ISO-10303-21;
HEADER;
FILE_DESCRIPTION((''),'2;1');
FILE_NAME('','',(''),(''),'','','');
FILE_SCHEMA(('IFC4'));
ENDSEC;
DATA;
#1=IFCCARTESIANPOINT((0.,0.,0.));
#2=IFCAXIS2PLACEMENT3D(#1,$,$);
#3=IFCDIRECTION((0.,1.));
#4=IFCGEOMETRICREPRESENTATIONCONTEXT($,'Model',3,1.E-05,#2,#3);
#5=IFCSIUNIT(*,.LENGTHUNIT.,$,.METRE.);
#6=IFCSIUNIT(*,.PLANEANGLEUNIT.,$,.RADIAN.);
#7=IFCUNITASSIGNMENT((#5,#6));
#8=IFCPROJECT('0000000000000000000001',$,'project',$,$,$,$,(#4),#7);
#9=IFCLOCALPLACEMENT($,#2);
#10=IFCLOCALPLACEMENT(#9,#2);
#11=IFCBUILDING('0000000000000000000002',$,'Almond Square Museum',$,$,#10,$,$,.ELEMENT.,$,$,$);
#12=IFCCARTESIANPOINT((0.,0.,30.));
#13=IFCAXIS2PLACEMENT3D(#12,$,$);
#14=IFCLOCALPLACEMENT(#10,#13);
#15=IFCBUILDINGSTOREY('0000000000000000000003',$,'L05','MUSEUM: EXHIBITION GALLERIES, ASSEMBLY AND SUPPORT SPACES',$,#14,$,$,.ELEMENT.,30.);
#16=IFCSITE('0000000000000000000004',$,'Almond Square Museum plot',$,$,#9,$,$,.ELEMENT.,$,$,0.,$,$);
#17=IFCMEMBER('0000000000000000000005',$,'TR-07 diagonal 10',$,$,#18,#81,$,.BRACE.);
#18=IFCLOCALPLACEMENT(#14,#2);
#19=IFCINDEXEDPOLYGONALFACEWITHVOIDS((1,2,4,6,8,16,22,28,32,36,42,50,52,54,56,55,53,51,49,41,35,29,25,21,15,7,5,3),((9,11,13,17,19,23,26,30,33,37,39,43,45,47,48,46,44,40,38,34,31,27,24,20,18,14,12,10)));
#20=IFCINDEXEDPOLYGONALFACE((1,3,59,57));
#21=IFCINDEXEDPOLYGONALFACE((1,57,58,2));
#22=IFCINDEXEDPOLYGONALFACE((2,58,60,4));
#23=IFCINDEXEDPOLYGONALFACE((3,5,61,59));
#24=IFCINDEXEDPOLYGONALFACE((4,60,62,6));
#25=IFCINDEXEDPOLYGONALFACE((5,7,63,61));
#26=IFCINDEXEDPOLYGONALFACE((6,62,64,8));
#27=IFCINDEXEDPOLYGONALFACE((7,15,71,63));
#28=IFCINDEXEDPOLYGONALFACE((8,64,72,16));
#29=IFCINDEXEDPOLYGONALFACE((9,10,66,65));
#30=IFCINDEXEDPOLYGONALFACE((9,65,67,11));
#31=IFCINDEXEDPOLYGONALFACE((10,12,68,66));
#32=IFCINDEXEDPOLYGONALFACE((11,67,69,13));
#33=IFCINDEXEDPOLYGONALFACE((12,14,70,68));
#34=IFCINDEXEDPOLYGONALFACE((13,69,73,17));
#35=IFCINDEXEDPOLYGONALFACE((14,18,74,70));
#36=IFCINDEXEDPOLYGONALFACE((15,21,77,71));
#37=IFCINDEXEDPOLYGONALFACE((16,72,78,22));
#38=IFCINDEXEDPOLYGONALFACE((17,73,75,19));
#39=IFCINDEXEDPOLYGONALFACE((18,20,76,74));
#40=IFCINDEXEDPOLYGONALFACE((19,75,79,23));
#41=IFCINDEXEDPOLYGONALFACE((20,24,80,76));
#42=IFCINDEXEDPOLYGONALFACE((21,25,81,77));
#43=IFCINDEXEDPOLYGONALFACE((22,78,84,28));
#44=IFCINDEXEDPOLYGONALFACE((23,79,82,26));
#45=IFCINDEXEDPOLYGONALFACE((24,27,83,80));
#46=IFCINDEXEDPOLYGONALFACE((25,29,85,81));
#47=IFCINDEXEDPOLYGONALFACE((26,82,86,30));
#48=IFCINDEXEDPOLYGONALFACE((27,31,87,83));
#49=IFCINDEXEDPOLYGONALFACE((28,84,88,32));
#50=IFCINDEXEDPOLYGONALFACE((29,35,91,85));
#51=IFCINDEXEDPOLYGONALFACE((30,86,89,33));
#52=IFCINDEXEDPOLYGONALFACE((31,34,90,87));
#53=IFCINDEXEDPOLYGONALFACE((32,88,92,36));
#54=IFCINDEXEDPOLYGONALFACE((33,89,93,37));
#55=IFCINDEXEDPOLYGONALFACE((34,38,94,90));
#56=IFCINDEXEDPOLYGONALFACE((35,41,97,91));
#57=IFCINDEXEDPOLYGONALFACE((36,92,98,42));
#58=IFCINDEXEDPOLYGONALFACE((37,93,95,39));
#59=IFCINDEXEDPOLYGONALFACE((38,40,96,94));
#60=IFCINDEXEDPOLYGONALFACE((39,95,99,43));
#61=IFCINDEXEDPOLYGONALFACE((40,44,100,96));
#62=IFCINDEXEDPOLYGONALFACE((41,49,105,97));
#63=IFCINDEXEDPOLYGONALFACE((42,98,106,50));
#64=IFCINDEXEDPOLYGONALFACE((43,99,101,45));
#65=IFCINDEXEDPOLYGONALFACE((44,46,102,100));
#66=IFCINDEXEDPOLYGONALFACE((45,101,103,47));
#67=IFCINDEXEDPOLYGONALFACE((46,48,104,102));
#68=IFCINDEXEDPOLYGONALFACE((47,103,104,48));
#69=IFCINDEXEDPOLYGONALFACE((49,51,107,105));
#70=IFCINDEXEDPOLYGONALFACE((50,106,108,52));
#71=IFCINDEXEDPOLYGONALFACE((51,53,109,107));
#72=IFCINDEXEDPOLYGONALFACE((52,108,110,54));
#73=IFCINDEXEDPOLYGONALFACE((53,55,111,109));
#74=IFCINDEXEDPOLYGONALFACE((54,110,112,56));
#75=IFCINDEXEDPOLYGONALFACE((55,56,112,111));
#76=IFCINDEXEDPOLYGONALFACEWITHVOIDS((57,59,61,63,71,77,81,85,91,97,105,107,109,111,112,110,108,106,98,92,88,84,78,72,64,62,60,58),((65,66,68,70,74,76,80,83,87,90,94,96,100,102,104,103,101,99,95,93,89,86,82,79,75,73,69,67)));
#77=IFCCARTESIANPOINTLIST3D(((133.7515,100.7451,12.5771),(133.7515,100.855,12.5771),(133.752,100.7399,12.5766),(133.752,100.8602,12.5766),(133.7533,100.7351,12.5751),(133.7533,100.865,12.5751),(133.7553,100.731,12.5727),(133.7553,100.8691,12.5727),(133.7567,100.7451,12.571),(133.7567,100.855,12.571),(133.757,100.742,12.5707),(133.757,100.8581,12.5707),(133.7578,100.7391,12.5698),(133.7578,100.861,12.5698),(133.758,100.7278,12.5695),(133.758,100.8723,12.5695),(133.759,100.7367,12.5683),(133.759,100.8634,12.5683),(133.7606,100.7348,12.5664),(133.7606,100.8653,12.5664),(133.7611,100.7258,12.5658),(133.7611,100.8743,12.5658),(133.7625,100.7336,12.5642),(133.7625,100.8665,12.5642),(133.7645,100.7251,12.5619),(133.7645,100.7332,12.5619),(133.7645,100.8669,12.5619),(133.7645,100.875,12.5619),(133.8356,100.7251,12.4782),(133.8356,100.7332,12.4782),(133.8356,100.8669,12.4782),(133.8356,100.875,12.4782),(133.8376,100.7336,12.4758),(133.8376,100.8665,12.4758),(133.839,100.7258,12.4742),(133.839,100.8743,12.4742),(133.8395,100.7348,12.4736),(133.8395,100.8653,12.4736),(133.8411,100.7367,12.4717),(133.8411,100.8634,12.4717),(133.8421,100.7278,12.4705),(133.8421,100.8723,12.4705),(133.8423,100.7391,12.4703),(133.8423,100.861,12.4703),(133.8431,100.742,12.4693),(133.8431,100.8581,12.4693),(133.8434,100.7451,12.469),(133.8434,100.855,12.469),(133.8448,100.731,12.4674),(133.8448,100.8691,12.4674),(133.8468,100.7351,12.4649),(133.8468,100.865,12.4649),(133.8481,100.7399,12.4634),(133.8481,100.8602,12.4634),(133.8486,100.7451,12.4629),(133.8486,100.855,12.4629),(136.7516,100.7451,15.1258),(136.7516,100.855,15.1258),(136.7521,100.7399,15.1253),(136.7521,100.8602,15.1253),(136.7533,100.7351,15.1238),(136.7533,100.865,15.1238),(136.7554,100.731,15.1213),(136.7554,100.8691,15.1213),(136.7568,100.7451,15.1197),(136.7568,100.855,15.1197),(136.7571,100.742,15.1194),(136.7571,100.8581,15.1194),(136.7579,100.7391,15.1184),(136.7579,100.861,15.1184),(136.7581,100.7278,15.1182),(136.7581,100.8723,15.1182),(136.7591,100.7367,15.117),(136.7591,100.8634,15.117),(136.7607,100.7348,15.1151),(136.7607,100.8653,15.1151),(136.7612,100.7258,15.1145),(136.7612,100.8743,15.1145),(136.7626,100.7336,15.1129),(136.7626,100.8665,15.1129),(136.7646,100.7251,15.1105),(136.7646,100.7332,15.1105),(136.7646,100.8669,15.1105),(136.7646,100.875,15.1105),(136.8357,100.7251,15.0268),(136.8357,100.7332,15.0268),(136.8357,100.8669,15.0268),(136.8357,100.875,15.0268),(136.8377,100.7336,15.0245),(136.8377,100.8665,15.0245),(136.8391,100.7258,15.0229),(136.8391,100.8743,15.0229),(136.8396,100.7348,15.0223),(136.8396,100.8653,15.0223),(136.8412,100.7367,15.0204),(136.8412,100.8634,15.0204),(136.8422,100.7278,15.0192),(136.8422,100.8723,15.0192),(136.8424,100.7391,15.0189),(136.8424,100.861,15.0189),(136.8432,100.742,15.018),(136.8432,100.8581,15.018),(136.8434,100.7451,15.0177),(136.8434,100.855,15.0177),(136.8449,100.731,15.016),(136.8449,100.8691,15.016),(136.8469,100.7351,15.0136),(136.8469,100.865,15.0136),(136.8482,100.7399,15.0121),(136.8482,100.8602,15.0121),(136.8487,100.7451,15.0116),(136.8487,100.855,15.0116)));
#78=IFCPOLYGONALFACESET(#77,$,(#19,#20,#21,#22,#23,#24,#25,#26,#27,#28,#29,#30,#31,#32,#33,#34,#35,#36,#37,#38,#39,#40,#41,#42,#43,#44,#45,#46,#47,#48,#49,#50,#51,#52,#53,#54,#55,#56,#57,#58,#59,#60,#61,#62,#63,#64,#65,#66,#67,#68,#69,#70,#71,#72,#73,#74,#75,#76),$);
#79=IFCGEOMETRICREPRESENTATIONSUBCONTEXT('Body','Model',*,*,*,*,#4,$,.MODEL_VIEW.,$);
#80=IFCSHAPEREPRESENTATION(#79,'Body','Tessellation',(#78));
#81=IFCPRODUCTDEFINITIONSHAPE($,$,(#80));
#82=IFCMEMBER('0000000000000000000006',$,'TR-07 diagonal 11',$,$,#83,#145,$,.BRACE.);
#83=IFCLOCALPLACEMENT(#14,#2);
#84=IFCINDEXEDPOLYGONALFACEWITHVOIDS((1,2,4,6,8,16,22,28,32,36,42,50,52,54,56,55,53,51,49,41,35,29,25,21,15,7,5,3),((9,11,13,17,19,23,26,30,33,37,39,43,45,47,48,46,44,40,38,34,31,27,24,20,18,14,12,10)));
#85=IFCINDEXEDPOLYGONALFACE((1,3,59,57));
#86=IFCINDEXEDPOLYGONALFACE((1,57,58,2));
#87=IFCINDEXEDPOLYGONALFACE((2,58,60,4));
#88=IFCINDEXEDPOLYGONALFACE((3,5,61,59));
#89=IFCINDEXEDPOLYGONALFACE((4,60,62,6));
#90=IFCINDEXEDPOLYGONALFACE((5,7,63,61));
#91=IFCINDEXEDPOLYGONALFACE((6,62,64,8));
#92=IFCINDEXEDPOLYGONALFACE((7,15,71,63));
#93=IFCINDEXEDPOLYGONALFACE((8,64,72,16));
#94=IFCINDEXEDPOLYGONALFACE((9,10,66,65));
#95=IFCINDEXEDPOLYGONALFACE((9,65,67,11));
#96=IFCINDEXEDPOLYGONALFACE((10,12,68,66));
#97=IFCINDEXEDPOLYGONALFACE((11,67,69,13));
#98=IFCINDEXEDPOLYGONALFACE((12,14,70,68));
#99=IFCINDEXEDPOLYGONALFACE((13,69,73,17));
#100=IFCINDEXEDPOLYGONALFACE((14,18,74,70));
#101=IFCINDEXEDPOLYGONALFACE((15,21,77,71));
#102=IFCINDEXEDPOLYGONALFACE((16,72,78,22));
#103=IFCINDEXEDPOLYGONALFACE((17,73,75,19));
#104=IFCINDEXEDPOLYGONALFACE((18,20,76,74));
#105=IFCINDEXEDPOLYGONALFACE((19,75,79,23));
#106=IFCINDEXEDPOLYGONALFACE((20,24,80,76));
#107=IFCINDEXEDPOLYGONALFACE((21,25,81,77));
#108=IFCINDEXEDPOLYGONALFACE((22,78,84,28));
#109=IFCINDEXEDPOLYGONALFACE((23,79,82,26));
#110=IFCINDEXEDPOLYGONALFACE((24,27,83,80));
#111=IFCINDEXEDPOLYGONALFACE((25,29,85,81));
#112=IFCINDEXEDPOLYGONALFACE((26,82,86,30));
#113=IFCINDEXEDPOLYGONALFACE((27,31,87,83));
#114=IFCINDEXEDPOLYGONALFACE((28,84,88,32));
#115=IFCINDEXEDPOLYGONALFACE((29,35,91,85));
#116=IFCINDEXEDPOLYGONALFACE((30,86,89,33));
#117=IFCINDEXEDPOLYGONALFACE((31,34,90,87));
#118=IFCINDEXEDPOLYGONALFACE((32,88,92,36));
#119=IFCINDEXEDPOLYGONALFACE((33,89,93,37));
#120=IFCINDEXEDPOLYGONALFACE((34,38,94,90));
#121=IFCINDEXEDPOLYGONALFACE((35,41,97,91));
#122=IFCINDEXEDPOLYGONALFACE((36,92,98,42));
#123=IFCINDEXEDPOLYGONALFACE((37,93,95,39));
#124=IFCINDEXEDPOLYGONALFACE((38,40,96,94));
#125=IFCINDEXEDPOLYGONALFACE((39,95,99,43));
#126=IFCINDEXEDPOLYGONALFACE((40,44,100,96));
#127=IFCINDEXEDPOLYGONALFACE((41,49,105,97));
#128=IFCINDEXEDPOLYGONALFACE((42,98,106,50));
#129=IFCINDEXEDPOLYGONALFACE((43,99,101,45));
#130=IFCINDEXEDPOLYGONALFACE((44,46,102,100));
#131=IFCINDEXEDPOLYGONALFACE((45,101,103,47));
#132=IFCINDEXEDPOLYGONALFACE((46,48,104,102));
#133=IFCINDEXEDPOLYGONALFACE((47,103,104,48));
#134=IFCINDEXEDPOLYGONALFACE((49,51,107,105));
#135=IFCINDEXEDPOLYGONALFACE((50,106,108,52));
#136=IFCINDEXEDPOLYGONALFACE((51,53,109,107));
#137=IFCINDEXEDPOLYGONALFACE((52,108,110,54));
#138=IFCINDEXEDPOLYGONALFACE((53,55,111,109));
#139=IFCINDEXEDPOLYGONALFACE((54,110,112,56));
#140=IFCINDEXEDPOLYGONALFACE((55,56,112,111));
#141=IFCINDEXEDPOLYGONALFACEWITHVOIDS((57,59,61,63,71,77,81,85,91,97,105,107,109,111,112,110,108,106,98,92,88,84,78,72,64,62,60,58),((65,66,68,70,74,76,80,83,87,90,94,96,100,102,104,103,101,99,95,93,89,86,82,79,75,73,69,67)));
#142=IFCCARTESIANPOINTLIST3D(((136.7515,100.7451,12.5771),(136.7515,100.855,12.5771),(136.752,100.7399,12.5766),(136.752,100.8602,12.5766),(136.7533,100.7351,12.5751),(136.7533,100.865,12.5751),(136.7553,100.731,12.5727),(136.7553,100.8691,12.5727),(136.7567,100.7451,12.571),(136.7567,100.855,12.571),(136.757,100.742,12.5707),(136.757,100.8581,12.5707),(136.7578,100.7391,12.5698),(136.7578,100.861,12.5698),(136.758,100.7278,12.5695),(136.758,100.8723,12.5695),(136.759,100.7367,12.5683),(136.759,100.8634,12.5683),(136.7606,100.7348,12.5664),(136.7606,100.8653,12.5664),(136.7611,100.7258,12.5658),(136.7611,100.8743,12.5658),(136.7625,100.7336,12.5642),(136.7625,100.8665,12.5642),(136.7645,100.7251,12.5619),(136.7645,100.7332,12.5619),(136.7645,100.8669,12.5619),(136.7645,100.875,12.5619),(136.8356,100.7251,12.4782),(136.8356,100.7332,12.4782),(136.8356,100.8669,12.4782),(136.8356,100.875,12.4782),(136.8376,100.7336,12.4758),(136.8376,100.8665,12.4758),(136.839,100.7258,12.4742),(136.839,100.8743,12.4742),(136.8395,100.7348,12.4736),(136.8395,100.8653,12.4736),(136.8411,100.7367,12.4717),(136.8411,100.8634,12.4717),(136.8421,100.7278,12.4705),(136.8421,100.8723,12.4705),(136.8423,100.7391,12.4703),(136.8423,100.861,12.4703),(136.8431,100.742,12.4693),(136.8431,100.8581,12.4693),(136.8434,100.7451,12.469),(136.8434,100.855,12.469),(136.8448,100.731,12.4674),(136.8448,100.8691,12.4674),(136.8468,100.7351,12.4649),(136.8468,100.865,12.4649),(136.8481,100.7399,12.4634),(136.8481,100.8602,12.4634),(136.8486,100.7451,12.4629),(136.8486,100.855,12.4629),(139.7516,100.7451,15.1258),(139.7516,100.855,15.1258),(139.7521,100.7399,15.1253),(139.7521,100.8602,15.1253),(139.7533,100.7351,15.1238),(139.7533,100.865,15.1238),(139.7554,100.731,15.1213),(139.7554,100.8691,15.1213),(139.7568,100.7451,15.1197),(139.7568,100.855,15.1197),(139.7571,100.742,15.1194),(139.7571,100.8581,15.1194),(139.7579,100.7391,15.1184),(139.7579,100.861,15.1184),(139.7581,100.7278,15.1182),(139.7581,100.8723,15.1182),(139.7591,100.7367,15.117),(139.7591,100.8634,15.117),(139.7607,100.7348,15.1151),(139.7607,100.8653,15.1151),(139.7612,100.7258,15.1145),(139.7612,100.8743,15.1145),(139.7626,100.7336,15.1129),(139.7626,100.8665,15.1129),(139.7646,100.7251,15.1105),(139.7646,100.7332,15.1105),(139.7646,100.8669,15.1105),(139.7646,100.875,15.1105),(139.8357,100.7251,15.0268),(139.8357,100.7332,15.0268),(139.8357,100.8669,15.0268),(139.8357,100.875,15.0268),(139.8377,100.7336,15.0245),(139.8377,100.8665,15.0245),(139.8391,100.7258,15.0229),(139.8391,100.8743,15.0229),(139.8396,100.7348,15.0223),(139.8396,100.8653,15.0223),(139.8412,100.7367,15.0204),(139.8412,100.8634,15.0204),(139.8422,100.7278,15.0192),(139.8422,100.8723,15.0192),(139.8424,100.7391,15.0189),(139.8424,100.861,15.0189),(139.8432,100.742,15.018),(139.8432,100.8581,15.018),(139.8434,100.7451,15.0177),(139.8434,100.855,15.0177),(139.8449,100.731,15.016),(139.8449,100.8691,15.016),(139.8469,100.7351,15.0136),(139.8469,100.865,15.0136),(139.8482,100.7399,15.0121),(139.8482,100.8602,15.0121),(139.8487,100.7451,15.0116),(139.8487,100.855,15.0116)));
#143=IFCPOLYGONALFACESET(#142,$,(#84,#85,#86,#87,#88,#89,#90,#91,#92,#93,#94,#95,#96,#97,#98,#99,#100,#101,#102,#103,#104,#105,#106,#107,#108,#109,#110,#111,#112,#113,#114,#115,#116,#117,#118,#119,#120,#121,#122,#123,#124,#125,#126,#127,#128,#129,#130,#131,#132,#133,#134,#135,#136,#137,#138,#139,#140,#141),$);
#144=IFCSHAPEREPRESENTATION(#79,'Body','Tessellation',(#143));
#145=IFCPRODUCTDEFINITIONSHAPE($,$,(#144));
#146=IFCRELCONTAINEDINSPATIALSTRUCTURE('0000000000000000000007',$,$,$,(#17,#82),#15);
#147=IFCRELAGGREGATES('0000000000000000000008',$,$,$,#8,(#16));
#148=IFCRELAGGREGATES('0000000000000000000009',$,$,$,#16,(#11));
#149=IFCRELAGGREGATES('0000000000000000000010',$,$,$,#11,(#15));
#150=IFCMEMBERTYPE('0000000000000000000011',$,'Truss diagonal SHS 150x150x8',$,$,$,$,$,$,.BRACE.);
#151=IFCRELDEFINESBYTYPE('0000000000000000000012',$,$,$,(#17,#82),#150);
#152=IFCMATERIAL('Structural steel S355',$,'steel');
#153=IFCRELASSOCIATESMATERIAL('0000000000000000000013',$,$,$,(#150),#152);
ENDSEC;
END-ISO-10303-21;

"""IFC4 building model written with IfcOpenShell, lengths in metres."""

from ifc_helpers import new_model, si_unit, direction, frame, origin, origin_2d, place, context, subcontext, project, spatial, hollow_rectangle, extrude, material, material_profile, profile_set, type_object, element, save


model = new_model("IFC4")

# Units and contexts
model_context = context("Model", 3, precision=1e-05, world=origin(), true_north=direction((0.0, 1.0)))
body_context = subcontext(model_context, "Body", "Model", "MODEL_VIEW")
ifc_project = project(units=[si_unit("LENGTHUNIT", "METRE"), si_unit("PLANEANGLEUNIT", "RADIAN")], contexts=[model_context])

# Site, building, storey
site_placement = place(None, origin())
site = spatial("IfcSite", under=ifc_project, at=site_placement, Name="Almond Square Museum plot", CompositionType="ELEMENT", RefElevation=0.0)
building_placement = place(site_placement, origin())
building = spatial("IfcBuilding", under=site, at=building_placement, Name="Almond Square Museum", CompositionType="ELEMENT")
storey_placement = place(building_placement, frame((0.0, 0.0, 30.0)))
storey = spatial("IfcBuildingStorey", under=building, at=storey_placement, Name="L05", Description="MUSEUM: EXHIBITION GALLERIES, ASSEMBLY AND SUPPORT SPACES", CompositionType="ELEMENT", Elevation=30.0)

# Members
ifc_material_1 = material(Name="Structural steel S355", Category="steel")
ifc_material_profile_1 = material_profile(ifc_material_1, hollow_rectangle(XDim=0.1499, YDim=0.1499, WallThickness=0.0081, InnerFilletRadius=0.012, OuterFilletRadius=0.02, at=origin_2d()))
ifc_profile_set_1 = profile_set([ifc_material_profile_1], Name="Structural steel S355")
member_type_1 = type_object("IfcMemberType", Name="Truss diagonal SHS 150x150x8", PredefinedType="BRACE", material=ifc_profile_set_1)
for number, where, z_axis, x_axis, name in (
    (1, (133.8, 100.8, 12.52), (0.762117, 0.0, 0.64744), (0.0, 1.0, 0.0), "TR-07 diagonal 10"),
    (2, (136.8, 100.8, 12.52), (0.762117, 0.0, 0.64744), (0.0, 1.0, 0.0), "TR-07 diagonal 11"),
):
    element("IfcMember", number, at=place(storey_placement, frame(where, z_axis=z_axis, x_axis=x_axis)), inside=storey, type_object=member_type_1, Name=name, PredefinedType="BRACE", context=body_context, shape_type="SweptSolid", body=[
        extrude(hollow_rectangle(XDim=0.1499, YDim=0.1499, WallThickness=0.0081, InnerFilletRadius=0.012, OuterFilletRadius=0.02, at=origin_2d()), origin(), (0.0, 0.0, 1.0), 3.9365),
    ])

save(model, "model.ifc")
